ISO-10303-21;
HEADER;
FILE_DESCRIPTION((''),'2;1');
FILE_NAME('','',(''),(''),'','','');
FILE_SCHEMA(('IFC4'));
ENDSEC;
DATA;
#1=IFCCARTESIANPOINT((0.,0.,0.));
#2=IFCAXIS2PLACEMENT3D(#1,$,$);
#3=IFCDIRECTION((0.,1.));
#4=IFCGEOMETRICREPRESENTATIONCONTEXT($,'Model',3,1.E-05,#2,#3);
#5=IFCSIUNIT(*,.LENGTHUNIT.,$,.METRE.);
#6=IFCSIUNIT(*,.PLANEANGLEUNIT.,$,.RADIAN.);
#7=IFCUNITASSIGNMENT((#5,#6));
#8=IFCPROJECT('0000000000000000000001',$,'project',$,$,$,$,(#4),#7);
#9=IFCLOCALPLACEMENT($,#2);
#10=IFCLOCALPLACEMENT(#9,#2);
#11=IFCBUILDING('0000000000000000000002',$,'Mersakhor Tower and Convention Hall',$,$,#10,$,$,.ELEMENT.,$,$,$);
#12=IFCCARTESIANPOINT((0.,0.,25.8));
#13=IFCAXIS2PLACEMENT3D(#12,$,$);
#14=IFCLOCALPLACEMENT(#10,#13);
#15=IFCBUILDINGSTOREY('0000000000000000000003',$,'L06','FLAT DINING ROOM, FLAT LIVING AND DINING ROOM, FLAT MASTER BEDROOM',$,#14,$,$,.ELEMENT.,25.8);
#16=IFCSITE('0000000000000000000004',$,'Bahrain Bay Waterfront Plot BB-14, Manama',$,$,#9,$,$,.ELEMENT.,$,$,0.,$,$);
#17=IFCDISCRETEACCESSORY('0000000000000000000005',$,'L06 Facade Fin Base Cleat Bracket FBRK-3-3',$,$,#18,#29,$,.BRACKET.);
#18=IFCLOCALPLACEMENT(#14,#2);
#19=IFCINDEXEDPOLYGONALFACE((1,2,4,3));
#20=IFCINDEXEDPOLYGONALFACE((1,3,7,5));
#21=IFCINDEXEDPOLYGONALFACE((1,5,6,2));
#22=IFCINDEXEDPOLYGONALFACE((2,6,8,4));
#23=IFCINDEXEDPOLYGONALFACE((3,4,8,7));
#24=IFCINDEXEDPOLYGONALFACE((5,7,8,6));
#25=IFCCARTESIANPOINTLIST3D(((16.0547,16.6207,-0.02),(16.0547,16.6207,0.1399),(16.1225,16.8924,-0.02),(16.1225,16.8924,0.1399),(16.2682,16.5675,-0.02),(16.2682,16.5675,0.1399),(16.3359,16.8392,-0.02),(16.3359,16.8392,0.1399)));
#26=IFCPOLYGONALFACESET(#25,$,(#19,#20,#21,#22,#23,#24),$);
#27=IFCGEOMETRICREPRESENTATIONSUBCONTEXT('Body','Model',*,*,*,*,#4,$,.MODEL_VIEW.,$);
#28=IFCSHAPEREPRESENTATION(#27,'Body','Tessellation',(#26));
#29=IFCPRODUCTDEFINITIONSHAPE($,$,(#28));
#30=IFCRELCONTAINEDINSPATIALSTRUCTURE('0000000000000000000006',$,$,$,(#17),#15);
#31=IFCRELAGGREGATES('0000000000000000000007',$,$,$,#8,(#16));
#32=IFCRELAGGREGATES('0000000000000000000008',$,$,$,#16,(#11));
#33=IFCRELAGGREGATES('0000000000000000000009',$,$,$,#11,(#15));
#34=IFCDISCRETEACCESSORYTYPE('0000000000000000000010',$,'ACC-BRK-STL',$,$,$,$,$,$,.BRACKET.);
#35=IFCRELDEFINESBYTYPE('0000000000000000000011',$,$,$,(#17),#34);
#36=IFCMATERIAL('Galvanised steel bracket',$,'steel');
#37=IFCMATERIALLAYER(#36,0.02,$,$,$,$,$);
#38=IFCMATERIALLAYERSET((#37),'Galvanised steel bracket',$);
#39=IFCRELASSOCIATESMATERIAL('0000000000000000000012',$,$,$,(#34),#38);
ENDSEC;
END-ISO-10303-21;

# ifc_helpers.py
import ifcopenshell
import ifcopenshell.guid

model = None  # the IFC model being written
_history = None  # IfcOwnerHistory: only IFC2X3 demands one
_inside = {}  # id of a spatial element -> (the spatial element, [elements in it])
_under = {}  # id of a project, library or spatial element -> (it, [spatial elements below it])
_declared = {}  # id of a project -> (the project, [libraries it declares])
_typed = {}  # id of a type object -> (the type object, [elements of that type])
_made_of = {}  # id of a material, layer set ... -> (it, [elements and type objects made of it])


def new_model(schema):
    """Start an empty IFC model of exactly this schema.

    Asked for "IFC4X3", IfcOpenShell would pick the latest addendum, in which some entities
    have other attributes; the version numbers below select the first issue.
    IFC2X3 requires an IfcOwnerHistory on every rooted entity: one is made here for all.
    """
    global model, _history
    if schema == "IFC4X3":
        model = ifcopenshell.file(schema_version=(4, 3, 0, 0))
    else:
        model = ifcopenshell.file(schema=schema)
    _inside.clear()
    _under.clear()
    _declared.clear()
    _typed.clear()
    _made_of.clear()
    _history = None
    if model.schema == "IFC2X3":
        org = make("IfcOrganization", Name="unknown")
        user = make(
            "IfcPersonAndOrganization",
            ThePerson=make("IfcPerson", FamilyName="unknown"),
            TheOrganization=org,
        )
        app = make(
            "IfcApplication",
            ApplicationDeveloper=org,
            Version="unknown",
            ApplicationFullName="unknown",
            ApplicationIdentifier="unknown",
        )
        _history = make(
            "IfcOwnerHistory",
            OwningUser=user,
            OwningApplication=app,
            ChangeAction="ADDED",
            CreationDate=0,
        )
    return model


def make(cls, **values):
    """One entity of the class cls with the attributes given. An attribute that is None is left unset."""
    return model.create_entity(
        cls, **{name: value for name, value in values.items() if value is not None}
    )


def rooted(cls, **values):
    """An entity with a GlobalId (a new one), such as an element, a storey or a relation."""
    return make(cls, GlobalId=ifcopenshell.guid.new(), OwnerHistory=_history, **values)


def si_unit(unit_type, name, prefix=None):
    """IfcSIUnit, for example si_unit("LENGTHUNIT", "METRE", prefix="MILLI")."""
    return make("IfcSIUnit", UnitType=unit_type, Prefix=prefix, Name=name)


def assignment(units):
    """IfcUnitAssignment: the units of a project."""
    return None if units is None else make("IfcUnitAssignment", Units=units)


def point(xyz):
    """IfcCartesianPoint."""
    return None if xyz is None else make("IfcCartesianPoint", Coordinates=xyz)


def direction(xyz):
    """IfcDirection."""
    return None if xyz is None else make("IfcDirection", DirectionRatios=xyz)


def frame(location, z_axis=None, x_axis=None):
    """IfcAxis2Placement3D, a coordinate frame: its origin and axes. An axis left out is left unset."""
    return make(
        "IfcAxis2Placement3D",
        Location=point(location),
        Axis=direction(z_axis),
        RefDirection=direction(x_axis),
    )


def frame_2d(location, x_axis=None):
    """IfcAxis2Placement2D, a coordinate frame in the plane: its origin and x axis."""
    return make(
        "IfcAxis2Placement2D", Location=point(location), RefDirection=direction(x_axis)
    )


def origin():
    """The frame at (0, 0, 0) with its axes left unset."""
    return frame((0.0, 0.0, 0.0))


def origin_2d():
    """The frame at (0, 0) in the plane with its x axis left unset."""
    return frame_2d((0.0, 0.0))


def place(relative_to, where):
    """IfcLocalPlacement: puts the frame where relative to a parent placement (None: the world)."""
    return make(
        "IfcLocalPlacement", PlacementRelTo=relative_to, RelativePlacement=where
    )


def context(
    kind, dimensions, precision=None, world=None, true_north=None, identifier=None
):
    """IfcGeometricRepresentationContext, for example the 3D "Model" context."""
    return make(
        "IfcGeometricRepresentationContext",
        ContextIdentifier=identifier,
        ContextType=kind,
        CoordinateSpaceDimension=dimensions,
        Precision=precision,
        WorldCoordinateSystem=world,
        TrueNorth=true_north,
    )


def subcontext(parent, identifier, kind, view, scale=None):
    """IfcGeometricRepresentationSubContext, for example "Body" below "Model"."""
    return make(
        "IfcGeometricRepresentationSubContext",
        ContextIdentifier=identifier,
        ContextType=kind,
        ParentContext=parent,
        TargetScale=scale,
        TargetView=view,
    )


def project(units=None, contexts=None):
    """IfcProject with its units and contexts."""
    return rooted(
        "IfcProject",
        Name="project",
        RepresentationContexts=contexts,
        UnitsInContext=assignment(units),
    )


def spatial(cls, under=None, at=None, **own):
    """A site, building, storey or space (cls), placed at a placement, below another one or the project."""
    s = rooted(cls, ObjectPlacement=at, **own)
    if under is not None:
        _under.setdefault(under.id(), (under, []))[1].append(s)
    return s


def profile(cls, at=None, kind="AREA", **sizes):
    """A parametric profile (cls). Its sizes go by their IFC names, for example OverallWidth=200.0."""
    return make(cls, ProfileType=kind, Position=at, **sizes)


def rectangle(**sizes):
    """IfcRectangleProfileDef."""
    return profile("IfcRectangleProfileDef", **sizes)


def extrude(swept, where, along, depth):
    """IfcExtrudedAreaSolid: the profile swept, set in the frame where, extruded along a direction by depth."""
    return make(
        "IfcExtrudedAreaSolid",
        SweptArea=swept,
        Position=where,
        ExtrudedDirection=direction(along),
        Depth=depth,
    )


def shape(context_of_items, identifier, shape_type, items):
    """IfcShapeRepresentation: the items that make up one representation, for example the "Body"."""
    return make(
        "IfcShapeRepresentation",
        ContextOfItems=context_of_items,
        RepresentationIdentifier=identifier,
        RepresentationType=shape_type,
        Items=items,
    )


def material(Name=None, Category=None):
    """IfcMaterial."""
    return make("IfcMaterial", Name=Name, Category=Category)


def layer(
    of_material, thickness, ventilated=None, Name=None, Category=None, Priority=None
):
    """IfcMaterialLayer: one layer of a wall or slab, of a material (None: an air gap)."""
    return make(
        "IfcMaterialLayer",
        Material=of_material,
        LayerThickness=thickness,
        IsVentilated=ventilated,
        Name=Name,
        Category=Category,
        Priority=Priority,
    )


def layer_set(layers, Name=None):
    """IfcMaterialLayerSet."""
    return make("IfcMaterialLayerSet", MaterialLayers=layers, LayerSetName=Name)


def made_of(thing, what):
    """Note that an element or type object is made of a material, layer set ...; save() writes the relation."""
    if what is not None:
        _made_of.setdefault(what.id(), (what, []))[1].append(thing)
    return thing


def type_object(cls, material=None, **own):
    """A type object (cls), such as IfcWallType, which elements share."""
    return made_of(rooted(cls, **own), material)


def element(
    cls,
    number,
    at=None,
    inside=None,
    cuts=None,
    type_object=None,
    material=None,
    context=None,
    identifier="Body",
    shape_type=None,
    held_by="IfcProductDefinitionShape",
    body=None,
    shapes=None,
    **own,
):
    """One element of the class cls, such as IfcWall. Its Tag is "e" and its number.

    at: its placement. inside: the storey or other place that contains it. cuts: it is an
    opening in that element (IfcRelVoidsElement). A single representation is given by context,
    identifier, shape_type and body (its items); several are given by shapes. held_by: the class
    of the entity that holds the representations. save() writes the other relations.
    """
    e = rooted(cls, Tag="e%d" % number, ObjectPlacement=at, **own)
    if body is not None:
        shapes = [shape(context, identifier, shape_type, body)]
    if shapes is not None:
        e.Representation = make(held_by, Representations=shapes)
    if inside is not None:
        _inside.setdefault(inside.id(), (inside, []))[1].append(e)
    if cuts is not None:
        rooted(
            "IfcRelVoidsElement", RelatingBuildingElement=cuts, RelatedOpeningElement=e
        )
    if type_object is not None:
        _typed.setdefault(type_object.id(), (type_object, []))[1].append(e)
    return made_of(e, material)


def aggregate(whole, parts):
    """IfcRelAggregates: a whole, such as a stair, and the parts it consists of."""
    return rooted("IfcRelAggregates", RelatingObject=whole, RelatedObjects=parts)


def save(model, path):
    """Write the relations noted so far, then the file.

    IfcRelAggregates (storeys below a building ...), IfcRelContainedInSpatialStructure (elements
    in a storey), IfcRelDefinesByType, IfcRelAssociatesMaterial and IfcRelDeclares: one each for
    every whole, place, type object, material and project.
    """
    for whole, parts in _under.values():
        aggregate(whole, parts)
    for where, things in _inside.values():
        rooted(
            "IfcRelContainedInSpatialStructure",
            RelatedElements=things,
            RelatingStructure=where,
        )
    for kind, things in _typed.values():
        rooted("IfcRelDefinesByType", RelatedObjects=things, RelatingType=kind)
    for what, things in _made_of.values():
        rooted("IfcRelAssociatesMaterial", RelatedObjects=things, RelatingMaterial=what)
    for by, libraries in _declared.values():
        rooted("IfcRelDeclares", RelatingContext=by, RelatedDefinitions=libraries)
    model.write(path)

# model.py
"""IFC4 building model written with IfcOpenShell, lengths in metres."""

from ifc_helpers import new_model, si_unit, direction, frame, origin, origin_2d, place, context, subcontext, project, spatial, rectangle, extrude, material, layer, layer_set, type_object, element, save


model = new_model("IFC4")

# Units and contexts
model_context = context("Model", 3, precision=1e-05, world=origin(), true_north=direction((0.0, 1.0)))
body_context = subcontext(model_context, "Body", "Model", "MODEL_VIEW")
ifc_project = project(units=[si_unit("LENGTHUNIT", "METRE"), si_unit("PLANEANGLEUNIT", "RADIAN")], contexts=[model_context])

# Site, building, storey
site_placement = place(None, origin())
site = spatial("IfcSite", under=ifc_project, at=site_placement, Name="Bahrain Bay Waterfront Plot BB-14, Manama", CompositionType="ELEMENT", RefElevation=0.0)
building_placement = place(site_placement, origin())
building = spatial("IfcBuilding", under=site, at=building_placement, Name="Mersakhor Tower and Convention Hall", CompositionType="ELEMENT")
storey_placement = place(building_placement, frame((0.0, 0.0, 25.8)))
storey = spatial("IfcBuildingStorey", under=building, at=storey_placement, Name="L06", Description="FLAT DINING ROOM, FLAT LIVING AND DINING ROOM, FLAT MASTER BEDROOM", CompositionType="ELEMENT", Elevation=25.8)

# Discrete accessory
ifc_material_1 = material(Name="Galvanised steel bracket", Category="steel")
ifc_layer_1 = layer(ifc_material_1, 0.02)
ifc_layer_set_1 = layer_set([ifc_layer_1], Name="Galvanised steel bracket")
discrete_accessory_type = type_object("IfcDiscreteAccessoryType", Name="ACC-BRK-STL", PredefinedType="BRACKET", material=ifc_layer_set_1)
discrete_accessory_1_placement = place(storey_placement, frame((16.1953, 16.73, -0.02), z_axis=(0.0, 0.0, 1.0), x_axis=(-0.241922, -0.970296, 0.0)))
element("IfcDiscreteAccessory", 1, at=discrete_accessory_1_placement, inside=storey, type_object=discrete_accessory_type, Name="L06 Facade Fin Base Cleat Bracket FBRK-3-3", PredefinedType="BRACKET", context=body_context, shape_type="SweptSolid", body=[
    extrude(rectangle(XDim=0.28, YDim=0.22, at=origin_2d()), origin(), (0.0, 0.0, 1.0), 0.1599),
])

save(model, "model.ifc")
